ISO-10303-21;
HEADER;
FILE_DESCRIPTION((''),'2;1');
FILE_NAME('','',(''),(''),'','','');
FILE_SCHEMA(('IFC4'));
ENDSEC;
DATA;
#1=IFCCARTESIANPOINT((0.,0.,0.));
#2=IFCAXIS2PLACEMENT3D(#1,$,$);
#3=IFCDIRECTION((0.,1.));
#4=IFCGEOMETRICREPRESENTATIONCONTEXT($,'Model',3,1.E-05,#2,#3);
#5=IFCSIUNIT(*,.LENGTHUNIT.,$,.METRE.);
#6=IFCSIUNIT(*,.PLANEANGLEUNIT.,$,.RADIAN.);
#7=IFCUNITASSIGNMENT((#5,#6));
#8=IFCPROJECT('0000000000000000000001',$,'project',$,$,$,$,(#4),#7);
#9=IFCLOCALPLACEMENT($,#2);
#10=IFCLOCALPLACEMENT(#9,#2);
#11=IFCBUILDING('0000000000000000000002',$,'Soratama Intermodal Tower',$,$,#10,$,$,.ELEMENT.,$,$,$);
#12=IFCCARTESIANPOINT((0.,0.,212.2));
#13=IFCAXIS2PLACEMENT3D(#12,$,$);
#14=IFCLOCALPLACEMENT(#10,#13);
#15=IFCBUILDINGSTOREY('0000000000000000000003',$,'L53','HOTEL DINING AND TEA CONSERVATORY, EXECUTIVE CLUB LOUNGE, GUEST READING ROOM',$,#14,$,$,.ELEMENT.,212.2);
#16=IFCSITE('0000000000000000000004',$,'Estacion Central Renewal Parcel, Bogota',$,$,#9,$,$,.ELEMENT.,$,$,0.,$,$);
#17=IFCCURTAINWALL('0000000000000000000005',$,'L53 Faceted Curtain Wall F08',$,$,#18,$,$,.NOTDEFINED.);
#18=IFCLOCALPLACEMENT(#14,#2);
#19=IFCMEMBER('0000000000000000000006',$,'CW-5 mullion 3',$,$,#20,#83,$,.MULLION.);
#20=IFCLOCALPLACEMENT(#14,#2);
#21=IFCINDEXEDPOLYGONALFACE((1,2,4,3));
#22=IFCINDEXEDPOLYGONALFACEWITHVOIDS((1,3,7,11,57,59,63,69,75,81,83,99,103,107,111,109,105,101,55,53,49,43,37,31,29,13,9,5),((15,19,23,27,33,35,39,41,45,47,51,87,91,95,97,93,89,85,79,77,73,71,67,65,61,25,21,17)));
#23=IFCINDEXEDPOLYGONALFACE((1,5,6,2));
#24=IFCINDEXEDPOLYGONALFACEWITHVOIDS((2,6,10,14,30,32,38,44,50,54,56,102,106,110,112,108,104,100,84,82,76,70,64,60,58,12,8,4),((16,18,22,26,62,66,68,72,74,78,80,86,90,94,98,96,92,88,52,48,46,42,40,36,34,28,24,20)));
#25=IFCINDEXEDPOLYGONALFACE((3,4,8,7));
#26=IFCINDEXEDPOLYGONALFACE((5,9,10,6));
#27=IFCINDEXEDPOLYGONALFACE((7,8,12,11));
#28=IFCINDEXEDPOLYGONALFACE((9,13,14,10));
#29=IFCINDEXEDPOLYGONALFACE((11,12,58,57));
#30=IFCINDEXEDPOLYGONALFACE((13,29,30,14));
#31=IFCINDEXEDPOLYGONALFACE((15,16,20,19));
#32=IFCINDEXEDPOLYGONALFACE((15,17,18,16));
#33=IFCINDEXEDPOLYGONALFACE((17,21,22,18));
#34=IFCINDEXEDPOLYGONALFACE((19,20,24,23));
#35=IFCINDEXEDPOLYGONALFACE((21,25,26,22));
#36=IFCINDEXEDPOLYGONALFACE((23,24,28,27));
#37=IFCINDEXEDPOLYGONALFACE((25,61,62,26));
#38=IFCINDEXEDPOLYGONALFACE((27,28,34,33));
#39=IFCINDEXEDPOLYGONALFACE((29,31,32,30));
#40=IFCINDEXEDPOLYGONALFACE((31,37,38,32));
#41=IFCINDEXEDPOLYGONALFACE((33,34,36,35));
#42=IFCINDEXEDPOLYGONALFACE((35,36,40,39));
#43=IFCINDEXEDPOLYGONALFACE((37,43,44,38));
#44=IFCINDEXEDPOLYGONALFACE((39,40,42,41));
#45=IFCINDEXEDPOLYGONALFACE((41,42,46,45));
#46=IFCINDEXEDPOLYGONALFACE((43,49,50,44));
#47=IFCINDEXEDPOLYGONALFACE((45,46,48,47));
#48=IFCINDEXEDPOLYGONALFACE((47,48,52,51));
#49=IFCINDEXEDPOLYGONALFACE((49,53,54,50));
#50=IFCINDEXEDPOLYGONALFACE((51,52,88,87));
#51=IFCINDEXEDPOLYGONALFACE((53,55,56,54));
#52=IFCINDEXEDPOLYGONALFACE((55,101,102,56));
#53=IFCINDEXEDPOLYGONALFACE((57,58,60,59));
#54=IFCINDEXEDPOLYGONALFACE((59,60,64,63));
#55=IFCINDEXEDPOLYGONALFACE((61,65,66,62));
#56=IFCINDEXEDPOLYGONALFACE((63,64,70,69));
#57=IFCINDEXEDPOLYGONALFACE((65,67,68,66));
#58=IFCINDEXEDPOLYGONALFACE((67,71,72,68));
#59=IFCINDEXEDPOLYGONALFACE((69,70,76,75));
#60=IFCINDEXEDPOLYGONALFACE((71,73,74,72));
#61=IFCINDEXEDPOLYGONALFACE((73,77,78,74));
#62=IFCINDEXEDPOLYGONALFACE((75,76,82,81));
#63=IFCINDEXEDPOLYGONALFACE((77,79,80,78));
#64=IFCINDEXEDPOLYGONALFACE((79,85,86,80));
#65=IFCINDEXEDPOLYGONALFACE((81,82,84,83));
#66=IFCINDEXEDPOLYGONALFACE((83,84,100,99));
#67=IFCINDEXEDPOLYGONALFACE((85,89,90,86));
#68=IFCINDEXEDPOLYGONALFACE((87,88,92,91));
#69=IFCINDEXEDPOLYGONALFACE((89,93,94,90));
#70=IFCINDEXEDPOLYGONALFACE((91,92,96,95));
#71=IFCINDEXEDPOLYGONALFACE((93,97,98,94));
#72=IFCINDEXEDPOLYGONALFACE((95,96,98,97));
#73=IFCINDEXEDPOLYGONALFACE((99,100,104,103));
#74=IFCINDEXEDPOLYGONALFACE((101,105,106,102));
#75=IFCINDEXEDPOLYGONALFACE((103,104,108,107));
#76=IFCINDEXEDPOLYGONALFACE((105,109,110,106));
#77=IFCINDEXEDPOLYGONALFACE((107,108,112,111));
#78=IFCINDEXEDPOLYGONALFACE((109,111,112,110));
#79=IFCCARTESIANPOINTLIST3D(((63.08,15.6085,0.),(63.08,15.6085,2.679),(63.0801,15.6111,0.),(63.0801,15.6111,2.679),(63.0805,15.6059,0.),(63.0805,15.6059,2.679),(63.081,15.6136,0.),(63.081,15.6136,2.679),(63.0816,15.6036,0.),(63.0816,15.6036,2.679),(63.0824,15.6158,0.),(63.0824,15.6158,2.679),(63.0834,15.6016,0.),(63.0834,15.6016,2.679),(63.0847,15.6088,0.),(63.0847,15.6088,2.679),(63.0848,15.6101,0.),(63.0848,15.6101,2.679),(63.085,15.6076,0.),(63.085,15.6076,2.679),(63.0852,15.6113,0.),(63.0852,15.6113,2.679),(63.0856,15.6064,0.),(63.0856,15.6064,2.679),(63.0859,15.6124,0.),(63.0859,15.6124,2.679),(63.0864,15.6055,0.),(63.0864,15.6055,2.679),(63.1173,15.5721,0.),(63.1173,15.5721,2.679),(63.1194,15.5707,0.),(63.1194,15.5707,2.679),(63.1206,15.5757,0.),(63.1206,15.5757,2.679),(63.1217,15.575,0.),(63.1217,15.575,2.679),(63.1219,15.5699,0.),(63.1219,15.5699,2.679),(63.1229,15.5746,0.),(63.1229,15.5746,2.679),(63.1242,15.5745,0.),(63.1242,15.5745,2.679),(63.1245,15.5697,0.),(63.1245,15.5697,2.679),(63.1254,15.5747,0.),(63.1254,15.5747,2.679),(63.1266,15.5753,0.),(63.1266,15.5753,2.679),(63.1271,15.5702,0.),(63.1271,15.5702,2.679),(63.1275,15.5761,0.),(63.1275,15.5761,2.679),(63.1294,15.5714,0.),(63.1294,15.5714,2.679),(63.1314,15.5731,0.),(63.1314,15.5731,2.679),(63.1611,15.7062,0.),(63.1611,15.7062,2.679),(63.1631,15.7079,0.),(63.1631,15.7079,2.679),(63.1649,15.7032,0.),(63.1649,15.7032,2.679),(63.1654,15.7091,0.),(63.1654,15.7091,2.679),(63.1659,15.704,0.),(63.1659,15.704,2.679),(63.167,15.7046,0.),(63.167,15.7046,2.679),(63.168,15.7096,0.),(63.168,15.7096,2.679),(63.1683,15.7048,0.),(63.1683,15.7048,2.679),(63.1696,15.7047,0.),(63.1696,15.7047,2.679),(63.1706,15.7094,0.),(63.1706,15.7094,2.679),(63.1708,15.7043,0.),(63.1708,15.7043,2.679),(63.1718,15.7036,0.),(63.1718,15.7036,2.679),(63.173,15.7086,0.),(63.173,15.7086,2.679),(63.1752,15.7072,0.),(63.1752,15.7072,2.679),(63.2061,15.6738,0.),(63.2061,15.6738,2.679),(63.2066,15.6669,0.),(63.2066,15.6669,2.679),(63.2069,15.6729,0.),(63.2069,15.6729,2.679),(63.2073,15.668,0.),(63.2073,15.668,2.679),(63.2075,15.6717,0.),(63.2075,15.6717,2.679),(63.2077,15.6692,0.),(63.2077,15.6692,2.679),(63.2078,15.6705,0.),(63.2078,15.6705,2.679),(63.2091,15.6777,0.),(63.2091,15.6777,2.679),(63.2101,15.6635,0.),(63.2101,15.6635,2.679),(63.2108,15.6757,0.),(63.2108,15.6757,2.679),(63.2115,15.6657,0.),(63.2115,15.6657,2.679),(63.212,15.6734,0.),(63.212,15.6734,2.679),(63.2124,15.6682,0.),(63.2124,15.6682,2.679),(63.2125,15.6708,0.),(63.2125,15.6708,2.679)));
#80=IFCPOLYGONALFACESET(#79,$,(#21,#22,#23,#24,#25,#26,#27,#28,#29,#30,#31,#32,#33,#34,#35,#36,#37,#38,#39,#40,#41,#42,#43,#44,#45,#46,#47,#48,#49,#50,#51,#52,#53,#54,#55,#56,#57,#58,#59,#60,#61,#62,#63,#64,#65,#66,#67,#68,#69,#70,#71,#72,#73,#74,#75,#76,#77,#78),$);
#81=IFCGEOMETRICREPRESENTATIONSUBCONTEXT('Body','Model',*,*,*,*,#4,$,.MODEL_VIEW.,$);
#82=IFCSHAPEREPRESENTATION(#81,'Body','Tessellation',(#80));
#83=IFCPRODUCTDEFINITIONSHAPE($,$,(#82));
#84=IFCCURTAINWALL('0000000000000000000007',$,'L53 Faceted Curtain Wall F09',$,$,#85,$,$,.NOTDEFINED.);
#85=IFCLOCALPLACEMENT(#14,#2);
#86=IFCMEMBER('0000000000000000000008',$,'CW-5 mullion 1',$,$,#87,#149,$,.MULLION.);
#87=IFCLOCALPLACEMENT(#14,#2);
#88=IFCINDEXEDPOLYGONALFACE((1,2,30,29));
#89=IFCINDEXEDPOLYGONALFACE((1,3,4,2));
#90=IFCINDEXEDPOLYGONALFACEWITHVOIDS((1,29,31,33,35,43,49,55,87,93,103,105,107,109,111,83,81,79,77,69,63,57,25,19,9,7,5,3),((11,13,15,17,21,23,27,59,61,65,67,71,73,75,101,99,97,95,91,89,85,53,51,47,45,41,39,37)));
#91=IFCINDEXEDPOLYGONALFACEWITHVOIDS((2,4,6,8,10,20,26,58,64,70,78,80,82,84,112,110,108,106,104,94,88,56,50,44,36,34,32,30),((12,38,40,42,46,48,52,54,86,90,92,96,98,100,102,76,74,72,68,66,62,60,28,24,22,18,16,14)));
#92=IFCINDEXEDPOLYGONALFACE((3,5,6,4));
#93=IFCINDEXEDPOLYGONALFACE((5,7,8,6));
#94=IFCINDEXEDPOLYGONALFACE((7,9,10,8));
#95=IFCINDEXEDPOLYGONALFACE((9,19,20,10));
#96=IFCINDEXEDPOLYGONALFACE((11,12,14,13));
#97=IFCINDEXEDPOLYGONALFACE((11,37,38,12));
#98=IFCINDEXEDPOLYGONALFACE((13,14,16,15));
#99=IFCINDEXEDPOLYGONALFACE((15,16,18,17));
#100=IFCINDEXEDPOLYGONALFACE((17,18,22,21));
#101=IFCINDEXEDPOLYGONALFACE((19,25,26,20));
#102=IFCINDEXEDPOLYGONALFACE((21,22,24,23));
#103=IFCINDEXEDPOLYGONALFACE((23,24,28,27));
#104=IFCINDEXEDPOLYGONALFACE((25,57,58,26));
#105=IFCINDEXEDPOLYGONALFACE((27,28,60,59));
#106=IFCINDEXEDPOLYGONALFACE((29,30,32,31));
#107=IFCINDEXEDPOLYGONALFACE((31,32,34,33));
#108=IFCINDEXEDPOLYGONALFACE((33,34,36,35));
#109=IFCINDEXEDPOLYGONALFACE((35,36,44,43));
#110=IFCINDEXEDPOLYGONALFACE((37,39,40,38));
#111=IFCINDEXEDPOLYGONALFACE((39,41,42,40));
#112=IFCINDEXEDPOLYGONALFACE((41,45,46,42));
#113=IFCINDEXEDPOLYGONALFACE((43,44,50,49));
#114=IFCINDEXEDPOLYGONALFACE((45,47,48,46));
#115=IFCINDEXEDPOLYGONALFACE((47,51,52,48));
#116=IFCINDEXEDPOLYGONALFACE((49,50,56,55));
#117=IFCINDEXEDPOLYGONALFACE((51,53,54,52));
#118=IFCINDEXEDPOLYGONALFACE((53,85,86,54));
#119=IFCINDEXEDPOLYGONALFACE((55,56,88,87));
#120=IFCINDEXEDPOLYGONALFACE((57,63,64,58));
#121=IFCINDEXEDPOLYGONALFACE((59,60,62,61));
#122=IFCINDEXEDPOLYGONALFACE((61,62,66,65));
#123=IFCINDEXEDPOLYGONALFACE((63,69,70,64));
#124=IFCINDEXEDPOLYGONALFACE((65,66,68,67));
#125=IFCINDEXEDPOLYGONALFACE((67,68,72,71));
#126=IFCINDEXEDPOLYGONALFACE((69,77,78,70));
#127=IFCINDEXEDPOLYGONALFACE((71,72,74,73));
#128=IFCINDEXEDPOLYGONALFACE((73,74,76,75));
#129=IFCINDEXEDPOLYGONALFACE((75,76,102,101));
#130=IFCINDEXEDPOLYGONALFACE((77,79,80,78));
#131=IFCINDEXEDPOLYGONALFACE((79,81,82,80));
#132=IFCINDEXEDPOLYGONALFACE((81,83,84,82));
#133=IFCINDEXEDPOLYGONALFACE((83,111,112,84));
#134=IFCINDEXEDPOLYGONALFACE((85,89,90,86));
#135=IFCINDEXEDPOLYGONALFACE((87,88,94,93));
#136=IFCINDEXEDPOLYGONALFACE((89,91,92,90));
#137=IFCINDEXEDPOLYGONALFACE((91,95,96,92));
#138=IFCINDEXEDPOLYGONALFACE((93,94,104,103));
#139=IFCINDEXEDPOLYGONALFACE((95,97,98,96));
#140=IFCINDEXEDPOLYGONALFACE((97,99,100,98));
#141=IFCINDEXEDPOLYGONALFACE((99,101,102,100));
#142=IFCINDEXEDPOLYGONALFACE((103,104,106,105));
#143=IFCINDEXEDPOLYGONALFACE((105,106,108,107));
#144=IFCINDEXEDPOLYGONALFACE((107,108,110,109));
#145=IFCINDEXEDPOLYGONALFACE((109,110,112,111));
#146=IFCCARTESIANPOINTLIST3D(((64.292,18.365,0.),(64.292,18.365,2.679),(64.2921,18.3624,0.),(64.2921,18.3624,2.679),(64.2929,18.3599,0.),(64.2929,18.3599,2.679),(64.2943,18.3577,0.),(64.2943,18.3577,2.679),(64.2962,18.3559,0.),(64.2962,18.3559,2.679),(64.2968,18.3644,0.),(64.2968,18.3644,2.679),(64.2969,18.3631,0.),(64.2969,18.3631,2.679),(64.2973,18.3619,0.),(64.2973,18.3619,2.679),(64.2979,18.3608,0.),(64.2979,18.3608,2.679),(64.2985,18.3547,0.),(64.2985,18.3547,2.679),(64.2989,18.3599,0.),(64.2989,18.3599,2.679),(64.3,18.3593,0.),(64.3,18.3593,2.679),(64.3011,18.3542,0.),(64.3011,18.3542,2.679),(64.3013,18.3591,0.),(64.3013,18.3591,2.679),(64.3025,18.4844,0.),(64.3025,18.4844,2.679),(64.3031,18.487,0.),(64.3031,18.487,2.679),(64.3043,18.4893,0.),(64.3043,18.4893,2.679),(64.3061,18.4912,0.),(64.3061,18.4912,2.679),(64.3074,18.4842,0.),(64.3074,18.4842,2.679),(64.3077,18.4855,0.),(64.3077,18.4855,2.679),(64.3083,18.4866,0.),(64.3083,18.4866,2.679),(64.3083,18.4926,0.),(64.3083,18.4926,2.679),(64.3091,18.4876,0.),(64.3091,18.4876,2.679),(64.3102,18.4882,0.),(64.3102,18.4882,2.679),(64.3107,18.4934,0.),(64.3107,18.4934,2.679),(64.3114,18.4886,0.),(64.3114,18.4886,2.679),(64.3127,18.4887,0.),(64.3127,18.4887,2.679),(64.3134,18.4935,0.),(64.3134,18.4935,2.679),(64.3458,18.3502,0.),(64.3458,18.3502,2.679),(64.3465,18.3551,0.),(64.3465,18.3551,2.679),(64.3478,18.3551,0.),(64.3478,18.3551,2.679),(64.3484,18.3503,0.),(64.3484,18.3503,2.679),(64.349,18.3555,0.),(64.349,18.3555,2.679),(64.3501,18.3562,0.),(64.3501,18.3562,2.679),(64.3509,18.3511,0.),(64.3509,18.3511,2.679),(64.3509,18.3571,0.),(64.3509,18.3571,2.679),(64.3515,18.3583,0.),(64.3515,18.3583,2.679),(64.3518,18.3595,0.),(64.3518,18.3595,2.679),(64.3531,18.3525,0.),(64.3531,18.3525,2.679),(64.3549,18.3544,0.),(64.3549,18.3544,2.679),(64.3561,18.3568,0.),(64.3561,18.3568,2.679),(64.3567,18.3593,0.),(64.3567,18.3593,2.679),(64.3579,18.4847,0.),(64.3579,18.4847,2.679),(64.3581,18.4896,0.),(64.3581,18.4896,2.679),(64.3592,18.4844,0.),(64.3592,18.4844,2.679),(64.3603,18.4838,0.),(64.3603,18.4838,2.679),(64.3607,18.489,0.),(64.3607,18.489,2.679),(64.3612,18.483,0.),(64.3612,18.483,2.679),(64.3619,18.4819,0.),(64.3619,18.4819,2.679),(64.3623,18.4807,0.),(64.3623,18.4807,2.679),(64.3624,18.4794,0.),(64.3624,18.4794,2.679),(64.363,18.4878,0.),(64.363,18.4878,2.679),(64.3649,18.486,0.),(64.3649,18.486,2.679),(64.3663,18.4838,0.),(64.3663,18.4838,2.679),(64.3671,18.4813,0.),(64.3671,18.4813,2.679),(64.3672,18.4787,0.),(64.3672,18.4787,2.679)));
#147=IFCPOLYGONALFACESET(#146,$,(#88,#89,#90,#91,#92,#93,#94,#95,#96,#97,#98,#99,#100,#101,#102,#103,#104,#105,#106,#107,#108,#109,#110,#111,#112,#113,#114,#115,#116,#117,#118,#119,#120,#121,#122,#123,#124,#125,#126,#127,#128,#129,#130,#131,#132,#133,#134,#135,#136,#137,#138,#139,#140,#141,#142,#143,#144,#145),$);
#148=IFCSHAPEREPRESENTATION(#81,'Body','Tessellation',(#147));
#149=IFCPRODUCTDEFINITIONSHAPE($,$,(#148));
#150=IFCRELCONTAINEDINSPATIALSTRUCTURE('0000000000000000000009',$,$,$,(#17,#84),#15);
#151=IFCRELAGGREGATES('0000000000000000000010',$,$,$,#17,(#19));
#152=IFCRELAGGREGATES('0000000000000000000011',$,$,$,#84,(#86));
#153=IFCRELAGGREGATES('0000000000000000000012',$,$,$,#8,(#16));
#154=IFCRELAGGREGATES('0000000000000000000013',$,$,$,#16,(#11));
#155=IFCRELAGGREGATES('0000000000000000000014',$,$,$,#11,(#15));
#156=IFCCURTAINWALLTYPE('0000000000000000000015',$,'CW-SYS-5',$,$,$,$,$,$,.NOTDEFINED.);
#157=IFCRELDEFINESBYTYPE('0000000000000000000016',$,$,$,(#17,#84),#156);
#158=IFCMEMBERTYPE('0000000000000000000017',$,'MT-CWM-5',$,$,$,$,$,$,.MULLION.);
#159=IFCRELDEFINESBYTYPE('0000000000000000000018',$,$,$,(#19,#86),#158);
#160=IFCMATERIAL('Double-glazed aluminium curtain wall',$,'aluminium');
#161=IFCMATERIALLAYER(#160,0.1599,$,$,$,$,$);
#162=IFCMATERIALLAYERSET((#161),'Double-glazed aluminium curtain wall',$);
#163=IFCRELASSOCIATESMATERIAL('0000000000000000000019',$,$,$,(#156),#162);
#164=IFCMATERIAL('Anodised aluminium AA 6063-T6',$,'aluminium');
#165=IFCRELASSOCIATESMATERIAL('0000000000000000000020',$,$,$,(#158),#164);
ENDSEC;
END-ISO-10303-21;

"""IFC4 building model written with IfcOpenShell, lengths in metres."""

from ifc_helpers import new_model, si_unit, direction, frame, origin, origin_2d, place, context, subcontext, project, spatial, hollow_rectangle, extrude, material, layer, layer_set, material_profile, profile_set, type_object, element, aggregate, save


model = new_model("IFC4")

# Units and contexts
model_context = context("Model", 3, precision=1e-05, world=origin(), true_north=direction((0.0, 1.0)))
body_context = subcontext(model_context, "Body", "Model", "MODEL_VIEW")
ifc_project = project(units=[si_unit("LENGTHUNIT", "METRE"), si_unit("PLANEANGLEUNIT", "RADIAN")], contexts=[model_context])

# Site, building, storey
site_placement = place(None, origin())
site = spatial("IfcSite", under=ifc_project, at=site_placement, Name="Estacion Central Renewal Parcel, Bogota", CompositionType="ELEMENT", RefElevation=0.0)
building_placement = place(site_placement, origin())
building = spatial("IfcBuilding", under=site, at=building_placement, Name="Soratama Intermodal Tower", CompositionType="ELEMENT")
storey_placement = place(building_placement, frame((0.0, 0.0, 212.2)))
storey = spatial("IfcBuildingStorey", under=building, at=storey_placement, Name="L53", Description="HOTEL DINING AND TEA CONSERVATORY, EXECUTIVE CLUB LOUNGE, GUEST READING ROOM", CompositionType="ELEMENT", Elevation=212.2)

# Curtain wall, member
ifc_material_1 = material(Name="Double-glazed aluminium curtain wall", Category="aluminium")
ifc_layer_1 = layer(ifc_material_1, 0.1599)
ifc_layer_set_1 = layer_set([ifc_layer_1], Name="Double-glazed aluminium curtain wall")
curtain_wall_type = type_object("IfcCurtainWallType", Name="CW-SYS-5", PredefinedType="NOTDEFINED", material=ifc_layer_set_1)
curtain_wall_1_placement = place(storey_placement, origin())
curtain_wall_1 = element("IfcCurtainWall", 1, at=curtain_wall_1_placement, inside=storey, type_object=curtain_wall_type, Name="L53 Faceted Curtain Wall F08", PredefinedType="NOTDEFINED")
ifc_material_2 = material(Name="Anodised aluminium AA 6063-T6", Category="aluminium")
ifc_material_profile_1 = material_profile(ifc_material_2, hollow_rectangle(XDim=0.0649, YDim=0.1399, WallThickness=0.0049, InnerFilletRadius=0.0049, OuterFilletRadius=0.01, at=origin_2d()), Name="CWM140X65X5")
ifc_profile_set_1 = profile_set([ifc_material_profile_1], Name="Anodised aluminium AA 6063-T6")
member_type_1 = type_object("IfcMemberType", Name="MT-CWM-5", PredefinedType="MULLION", material=ifc_profile_set_1)
member_1_placement = place(storey_placement, frame((63.1462, 15.6396, 0.0), z_axis=(0.0, 0.0, 1.0), x_axis=(-0.754252, 0.656585, 0.0)))
member_1 = element("IfcMember", 2, at=member_1_placement, type_object=member_type_1, Name="CW-5 mullion 3", PredefinedType="MULLION", context=body_context, shape_type="SweptSolid", body=[
    extrude(hollow_rectangle(XDim=0.0649, YDim=0.1399, WallThickness=0.0049, InnerFilletRadius=0.0049, OuterFilletRadius=0.01, at=origin_2d()), origin(), (0.0, 0.0, 1.0), 2.679),
])
aggregate(curtain_wall_1, [member_1])

# Curtain wall, member
curtain_wall_2_placement = place(storey_placement, origin())
curtain_wall_2 = element("IfcCurtainWall", 3, at=curtain_wall_2_placement, inside=storey, type_object=curtain_wall_type, Name="L53 Faceted Curtain Wall F09", PredefinedType="NOTDEFINED")
member_2_placement = place(storey_placement, frame((64.3296, 18.4219, 0.0), z_axis=(0.0, 0.0, 1.0), x_axis=(-0.996134, 0.08785, 0.0)))
member_2 = element("IfcMember", 4, at=member_2_placement, type_object=member_type_1, Name="CW-5 mullion 1", PredefinedType="MULLION", context=body_context, shape_type="SweptSolid", body=[
    extrude(hollow_rectangle(XDim=0.0649, YDim=0.1399, WallThickness=0.0049, InnerFilletRadius=0.0049, OuterFilletRadius=0.01, at=origin_2d()), origin(), (0.0, 0.0, 1.0), 2.679),
])
aggregate(curtain_wall_2, [member_2])

save(model, "model.ifc")
